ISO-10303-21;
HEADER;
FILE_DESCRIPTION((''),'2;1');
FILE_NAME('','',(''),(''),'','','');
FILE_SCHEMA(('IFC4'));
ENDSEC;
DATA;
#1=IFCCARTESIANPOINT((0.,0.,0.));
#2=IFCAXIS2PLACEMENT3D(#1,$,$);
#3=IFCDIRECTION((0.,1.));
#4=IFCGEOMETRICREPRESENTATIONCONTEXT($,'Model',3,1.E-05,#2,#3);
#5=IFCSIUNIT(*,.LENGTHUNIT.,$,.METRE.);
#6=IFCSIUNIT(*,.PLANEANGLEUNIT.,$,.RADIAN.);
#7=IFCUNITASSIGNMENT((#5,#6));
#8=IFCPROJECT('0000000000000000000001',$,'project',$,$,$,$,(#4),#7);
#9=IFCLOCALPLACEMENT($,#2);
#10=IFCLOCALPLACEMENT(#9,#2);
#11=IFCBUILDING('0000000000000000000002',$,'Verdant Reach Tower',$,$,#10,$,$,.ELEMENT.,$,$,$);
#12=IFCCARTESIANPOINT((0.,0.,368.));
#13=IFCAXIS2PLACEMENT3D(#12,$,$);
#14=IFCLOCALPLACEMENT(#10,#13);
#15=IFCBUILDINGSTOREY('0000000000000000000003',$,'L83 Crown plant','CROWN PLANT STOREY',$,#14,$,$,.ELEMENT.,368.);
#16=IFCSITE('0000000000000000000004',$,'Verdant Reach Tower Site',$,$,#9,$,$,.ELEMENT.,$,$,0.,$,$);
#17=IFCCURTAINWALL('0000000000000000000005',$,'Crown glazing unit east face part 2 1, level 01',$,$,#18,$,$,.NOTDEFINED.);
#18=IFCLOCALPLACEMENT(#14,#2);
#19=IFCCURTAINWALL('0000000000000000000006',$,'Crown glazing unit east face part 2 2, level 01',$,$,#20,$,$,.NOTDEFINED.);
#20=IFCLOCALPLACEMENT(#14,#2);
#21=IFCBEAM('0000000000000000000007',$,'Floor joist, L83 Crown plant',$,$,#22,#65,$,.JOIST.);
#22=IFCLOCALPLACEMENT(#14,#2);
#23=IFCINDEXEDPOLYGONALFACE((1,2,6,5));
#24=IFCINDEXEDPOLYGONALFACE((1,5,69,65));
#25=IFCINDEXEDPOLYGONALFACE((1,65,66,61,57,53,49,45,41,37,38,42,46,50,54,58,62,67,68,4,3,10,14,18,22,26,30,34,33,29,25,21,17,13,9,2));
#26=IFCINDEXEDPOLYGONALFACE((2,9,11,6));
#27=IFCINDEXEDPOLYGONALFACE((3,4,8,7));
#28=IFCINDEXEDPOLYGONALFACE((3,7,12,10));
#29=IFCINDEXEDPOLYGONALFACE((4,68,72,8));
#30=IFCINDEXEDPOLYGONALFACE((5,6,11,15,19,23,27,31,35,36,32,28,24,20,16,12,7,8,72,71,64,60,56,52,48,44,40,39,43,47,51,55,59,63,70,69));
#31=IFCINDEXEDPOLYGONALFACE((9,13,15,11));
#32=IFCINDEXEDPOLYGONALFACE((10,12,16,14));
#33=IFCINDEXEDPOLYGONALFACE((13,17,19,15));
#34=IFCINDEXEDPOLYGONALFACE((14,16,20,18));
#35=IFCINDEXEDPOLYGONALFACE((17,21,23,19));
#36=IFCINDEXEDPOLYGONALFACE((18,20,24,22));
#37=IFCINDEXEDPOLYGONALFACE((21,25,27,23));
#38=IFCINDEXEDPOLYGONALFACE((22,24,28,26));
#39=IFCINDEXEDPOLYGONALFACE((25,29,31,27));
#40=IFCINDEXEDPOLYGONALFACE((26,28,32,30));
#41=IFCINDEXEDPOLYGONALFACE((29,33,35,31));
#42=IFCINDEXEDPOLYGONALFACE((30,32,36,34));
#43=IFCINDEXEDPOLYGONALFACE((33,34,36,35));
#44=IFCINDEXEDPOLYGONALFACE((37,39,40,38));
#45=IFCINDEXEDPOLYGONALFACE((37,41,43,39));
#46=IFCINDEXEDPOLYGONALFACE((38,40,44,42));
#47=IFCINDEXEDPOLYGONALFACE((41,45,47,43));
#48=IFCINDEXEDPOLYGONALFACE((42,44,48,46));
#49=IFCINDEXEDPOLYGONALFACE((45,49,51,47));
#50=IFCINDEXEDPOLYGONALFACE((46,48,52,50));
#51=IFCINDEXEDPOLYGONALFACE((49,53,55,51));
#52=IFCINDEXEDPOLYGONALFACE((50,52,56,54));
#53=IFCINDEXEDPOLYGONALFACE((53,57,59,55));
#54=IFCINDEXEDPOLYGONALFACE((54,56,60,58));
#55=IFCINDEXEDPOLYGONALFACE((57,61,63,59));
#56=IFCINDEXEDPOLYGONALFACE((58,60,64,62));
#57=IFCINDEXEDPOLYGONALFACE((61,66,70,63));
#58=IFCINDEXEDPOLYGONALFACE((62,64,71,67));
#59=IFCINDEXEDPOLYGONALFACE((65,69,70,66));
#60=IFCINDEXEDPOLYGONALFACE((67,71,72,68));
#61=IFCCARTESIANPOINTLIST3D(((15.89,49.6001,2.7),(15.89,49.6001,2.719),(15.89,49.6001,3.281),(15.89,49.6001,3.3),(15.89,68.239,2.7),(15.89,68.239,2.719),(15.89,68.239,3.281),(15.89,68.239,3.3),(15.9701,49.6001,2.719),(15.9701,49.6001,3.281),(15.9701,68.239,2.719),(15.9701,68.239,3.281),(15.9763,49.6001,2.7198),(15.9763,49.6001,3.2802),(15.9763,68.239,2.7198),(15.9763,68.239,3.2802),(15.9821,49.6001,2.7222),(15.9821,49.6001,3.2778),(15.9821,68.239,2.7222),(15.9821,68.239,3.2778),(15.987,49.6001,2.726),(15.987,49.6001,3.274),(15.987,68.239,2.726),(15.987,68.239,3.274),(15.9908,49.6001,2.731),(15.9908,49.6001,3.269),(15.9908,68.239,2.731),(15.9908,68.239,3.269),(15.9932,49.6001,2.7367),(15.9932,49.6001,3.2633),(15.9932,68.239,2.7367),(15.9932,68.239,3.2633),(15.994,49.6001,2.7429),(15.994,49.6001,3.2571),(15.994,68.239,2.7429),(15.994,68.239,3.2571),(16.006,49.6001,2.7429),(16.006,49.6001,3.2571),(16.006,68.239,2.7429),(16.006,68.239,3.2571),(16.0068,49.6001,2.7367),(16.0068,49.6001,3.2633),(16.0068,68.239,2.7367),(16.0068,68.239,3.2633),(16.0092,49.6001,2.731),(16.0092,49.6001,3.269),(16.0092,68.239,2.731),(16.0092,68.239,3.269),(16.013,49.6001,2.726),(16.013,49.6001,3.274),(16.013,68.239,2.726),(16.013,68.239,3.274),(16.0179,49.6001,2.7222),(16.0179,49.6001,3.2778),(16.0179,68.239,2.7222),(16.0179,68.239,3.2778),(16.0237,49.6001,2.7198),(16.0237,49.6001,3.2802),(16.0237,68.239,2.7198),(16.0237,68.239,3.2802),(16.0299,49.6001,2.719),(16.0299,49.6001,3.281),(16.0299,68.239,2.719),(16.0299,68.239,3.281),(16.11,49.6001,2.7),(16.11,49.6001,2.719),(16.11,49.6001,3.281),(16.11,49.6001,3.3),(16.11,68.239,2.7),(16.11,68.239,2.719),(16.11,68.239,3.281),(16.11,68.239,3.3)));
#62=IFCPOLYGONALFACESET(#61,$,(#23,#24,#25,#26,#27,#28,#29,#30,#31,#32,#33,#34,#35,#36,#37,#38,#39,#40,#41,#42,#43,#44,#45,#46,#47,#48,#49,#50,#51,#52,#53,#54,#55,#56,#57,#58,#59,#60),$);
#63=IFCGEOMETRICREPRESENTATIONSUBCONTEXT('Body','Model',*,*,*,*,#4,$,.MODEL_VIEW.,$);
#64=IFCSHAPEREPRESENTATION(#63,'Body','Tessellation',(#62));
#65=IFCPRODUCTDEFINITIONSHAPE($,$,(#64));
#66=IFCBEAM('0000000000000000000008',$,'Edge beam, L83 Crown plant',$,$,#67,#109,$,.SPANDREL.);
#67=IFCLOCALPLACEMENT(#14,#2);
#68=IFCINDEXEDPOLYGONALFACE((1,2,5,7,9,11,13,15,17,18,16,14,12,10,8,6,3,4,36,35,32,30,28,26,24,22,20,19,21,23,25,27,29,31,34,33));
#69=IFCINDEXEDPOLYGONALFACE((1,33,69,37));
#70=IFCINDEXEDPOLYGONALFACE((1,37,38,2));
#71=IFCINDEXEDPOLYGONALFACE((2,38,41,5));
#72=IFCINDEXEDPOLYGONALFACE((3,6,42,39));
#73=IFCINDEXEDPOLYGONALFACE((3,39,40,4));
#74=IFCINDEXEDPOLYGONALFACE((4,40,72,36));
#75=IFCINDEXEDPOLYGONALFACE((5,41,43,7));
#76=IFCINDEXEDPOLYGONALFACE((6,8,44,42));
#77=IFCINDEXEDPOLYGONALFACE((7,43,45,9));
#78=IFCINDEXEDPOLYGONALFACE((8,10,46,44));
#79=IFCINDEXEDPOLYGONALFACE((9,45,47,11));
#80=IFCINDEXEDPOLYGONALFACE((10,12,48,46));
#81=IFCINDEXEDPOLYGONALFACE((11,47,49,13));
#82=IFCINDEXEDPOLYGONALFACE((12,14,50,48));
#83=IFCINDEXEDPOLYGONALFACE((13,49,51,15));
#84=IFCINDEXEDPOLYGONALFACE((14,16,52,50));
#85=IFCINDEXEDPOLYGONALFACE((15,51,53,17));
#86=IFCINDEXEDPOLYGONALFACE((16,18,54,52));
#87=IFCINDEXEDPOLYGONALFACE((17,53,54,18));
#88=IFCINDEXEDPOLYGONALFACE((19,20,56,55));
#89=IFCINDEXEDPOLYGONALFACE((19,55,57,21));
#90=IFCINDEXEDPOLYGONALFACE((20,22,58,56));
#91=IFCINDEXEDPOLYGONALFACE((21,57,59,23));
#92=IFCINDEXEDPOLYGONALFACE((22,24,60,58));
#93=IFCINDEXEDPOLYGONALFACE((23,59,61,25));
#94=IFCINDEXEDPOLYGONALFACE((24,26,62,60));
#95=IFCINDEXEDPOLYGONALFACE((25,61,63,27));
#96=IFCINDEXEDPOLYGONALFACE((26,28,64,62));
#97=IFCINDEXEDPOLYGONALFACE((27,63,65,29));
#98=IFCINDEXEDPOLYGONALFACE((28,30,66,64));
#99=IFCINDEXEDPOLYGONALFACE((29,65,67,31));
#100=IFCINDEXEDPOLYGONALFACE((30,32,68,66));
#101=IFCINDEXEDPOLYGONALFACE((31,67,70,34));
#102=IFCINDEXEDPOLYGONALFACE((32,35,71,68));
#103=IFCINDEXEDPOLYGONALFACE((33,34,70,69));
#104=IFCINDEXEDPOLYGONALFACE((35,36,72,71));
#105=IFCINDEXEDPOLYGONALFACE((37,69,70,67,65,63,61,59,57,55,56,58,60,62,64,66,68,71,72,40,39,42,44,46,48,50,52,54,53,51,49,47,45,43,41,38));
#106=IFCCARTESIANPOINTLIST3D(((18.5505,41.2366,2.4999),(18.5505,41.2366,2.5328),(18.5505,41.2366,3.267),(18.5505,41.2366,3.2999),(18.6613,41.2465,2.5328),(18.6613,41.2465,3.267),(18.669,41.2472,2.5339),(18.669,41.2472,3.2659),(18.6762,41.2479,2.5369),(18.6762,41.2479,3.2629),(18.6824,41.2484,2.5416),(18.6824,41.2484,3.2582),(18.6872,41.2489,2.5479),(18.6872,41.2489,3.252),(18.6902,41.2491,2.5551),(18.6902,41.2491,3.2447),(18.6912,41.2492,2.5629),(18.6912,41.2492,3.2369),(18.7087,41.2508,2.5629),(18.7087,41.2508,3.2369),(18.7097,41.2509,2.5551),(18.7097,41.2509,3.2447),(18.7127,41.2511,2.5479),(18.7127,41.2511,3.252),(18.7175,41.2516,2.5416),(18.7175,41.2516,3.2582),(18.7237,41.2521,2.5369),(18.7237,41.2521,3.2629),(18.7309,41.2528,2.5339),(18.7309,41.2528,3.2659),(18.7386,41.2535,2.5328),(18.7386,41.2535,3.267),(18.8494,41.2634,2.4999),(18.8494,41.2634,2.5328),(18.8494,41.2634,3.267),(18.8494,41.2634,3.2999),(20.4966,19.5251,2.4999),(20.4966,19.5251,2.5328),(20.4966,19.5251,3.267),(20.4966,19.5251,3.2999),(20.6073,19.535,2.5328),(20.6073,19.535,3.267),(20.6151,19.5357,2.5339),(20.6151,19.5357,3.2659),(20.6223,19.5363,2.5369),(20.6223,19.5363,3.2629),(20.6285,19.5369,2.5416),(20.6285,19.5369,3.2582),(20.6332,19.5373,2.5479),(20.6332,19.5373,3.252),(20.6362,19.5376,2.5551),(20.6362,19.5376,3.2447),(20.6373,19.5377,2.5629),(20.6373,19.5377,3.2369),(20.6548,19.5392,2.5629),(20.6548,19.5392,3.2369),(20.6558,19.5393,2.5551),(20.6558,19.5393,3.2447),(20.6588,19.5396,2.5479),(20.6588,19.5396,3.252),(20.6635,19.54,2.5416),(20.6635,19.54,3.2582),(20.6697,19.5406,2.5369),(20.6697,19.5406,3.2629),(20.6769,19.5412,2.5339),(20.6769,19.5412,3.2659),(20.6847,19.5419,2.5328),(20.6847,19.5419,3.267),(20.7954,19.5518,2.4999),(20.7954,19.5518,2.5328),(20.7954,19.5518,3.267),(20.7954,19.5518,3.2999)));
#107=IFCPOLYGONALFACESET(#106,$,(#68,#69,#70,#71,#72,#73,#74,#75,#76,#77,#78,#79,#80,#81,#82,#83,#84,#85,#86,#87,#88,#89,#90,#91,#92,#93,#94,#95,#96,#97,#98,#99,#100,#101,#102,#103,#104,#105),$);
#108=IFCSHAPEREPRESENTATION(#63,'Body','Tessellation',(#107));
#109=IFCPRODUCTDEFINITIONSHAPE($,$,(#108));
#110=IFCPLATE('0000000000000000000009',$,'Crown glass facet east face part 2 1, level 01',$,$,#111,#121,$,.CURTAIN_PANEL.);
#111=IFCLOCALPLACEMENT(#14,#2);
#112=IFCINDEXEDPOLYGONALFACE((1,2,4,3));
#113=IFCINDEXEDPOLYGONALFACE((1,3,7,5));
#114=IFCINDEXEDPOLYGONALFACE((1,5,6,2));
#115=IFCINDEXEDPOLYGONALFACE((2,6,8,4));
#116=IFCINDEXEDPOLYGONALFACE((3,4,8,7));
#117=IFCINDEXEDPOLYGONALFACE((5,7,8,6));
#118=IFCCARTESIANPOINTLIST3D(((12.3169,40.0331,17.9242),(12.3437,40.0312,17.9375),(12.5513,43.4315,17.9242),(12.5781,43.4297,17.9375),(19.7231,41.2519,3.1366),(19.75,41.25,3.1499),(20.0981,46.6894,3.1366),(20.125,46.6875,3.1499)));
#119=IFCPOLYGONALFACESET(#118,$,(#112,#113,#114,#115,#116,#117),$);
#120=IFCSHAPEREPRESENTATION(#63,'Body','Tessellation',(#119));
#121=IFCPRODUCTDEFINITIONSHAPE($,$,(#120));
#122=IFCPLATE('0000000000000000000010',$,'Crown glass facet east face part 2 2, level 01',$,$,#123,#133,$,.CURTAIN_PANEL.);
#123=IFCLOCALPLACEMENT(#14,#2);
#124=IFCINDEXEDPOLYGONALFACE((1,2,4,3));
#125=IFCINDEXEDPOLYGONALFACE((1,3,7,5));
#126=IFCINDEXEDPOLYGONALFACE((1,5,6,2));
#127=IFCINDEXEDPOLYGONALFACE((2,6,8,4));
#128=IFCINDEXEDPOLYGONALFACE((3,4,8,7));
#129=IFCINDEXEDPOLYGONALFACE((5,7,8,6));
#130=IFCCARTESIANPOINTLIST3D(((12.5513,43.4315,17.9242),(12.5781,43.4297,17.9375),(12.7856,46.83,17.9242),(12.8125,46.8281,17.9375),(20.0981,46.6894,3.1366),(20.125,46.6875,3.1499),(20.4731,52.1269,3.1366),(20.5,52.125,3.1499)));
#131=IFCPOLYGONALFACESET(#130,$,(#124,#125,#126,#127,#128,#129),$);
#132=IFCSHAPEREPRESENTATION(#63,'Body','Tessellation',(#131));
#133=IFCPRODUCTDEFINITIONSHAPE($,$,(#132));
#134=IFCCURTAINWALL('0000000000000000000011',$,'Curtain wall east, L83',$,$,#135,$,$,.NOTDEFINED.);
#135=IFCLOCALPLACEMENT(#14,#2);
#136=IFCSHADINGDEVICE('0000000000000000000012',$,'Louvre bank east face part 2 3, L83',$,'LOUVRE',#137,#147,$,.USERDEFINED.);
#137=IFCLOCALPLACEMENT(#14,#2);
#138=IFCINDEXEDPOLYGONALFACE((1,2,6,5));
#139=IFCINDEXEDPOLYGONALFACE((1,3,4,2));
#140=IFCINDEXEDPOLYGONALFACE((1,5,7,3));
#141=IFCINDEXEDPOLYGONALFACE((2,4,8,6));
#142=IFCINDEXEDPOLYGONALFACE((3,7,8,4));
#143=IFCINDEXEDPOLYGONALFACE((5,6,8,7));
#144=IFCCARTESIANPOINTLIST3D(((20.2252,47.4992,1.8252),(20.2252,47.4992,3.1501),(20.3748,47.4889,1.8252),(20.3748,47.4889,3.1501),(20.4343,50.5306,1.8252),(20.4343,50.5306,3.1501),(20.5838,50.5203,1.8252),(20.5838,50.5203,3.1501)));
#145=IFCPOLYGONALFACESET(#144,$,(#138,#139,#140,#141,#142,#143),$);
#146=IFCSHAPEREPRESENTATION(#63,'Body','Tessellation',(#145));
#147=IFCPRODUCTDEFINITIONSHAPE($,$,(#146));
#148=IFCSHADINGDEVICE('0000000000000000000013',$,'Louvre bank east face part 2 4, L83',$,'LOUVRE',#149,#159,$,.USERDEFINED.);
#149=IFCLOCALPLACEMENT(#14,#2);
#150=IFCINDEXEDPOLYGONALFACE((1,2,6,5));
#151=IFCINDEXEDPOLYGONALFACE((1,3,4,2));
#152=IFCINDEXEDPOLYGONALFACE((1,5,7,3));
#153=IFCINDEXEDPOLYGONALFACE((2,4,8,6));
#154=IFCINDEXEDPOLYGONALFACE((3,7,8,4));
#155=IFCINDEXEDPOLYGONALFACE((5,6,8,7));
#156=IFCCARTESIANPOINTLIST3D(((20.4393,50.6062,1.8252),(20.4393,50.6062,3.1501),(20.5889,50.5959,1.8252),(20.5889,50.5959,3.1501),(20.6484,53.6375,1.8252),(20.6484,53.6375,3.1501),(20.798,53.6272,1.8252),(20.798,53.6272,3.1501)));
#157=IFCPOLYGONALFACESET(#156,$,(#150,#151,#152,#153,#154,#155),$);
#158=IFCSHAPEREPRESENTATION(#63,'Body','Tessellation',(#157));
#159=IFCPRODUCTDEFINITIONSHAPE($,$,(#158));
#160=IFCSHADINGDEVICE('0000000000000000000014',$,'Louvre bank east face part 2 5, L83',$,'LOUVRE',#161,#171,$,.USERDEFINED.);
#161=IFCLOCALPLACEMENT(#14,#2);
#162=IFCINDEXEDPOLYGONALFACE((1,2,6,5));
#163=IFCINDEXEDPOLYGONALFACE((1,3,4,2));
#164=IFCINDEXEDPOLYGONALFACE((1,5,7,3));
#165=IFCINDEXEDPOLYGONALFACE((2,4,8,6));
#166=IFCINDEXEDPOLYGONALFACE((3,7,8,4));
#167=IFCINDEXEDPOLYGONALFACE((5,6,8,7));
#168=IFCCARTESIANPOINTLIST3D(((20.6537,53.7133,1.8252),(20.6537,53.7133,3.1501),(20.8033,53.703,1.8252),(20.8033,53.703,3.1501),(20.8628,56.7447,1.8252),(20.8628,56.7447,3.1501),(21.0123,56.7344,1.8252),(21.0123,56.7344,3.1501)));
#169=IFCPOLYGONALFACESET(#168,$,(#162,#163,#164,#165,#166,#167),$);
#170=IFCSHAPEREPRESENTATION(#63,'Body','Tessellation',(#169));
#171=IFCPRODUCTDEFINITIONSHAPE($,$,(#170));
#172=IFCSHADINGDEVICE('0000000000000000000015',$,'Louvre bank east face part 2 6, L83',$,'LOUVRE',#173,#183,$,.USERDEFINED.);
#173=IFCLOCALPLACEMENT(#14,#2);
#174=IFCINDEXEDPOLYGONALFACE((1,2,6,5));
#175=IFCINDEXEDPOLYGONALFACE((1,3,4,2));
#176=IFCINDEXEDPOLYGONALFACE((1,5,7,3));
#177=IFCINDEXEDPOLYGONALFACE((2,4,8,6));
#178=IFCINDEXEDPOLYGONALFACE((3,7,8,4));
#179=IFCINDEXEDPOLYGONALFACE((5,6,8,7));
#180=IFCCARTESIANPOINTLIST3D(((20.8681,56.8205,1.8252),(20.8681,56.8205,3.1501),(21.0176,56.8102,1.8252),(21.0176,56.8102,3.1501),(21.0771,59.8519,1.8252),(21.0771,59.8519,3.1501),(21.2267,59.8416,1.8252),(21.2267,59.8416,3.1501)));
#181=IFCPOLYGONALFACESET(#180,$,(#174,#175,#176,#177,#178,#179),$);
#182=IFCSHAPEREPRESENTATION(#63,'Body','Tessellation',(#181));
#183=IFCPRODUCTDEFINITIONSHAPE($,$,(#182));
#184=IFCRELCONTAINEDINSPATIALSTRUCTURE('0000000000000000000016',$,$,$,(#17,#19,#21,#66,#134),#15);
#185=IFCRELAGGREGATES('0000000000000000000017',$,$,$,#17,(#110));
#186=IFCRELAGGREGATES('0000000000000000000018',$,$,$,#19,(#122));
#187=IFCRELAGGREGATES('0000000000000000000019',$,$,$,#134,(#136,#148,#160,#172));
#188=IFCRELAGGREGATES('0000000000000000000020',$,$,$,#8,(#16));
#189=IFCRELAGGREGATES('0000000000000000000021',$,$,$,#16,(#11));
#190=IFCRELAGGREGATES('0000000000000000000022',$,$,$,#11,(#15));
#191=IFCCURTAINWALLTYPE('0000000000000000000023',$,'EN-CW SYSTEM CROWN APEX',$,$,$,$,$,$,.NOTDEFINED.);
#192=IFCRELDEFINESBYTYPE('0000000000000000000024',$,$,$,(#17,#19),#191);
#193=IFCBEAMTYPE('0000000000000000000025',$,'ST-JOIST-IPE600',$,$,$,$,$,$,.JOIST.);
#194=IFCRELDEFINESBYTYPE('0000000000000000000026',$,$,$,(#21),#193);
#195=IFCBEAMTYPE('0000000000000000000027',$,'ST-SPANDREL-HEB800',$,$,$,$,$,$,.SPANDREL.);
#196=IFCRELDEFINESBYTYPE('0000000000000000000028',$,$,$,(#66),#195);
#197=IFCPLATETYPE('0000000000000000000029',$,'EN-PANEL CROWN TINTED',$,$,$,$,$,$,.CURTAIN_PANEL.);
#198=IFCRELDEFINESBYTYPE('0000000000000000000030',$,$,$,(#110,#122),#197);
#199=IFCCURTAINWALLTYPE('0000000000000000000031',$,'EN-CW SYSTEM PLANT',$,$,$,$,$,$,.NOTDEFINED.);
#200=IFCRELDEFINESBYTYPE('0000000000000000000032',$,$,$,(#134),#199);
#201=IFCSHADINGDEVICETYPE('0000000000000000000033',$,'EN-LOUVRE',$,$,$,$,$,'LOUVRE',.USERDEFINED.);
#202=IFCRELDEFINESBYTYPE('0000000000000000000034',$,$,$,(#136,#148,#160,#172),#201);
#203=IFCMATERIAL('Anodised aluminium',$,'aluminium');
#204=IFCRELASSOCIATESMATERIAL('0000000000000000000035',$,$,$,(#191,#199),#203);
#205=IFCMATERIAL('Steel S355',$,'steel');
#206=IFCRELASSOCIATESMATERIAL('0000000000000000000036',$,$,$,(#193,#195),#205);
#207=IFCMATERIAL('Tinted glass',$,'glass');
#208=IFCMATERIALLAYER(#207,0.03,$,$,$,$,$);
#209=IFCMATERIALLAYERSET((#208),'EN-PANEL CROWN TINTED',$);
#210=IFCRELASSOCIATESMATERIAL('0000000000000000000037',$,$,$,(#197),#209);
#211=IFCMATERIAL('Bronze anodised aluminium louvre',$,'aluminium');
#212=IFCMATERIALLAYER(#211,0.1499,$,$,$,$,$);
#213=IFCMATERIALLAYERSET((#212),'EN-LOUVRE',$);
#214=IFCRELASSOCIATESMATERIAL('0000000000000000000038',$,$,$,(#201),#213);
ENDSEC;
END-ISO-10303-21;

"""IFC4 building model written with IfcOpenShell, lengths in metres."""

from ifc_helpers import new_model, si_unit, direction, frame, origin, origin_2d, place, context, subcontext, project, spatial, polyline, rectangle, i_section, outline, extrude, material, layer, layer_set, material_profile, profile_set, type_object, element, aggregate, save


model = new_model("IFC4")

# Units and contexts
model_context = context("Model", 3, precision=1e-05, world=origin(), true_north=direction((0.0, 1.0)))
body_context = subcontext(model_context, "Body", "Model", "MODEL_VIEW")
ifc_project = project(units=[si_unit("LENGTHUNIT", "METRE"), si_unit("PLANEANGLEUNIT", "RADIAN")], contexts=[model_context])

# Site, building, storey
site_placement = place(None, origin())
site = spatial("IfcSite", under=ifc_project, at=site_placement, Name="Verdant Reach Tower Site", CompositionType="ELEMENT", RefElevation=0.0)
building_placement = place(site_placement, origin())
building = spatial("IfcBuilding", under=site, at=building_placement, Name="Verdant Reach Tower", CompositionType="ELEMENT")
storey_placement = place(building_placement, frame((0.0, 0.0, 368.0)))
storey = spatial("IfcBuildingStorey", under=building, at=storey_placement, Name="L83 Crown plant", Description="CROWN PLANT STOREY", CompositionType="ELEMENT", Elevation=368.0)

# Curtain walls
ifc_material_1 = material(Name="Anodised aluminium", Category="aluminium")
curtain_wall_type_1 = type_object("IfcCurtainWallType", Name="EN-CW SYSTEM CROWN APEX", PredefinedType="NOTDEFINED", material=ifc_material_1)
curtain_wall_1_placement = place(storey_placement, origin())
curtain_wall_1 = element("IfcCurtainWall", 1, at=curtain_wall_1_placement, inside=storey, type_object=curtain_wall_type_1, Name="Crown glazing unit east face part 2 1, level 01", PredefinedType="NOTDEFINED")
curtain_wall_2_placement = place(storey_placement, origin())
curtain_wall_2 = element("IfcCurtainWall", 2, at=curtain_wall_2_placement, inside=storey, type_object=curtain_wall_type_1, Name="Crown glazing unit east face part 2 2, level 01", PredefinedType="NOTDEFINED")

# Beams
ifc_material_2 = material(Name="Steel S355", Category="steel")
ifc_material_profile_1 = material_profile(ifc_material_2, i_section(OverallWidth=0.22, OverallDepth=0.6001, WebThickness=0.012, FlangeThickness=0.019, FilletRadius=0.0239, at=origin_2d()), Name="IPE 600")
ifc_profile_set_1 = profile_set([ifc_material_profile_1], Name="Steel S355")
beam_type_1 = type_object("IfcBeamType", Name="ST-JOIST-IPE600", PredefinedType="JOIST", material=ifc_profile_set_1)
beam_1_placement = place(storey_placement, frame((16.0, 49.6001, 3.0), z_axis=(0.0, 1.0, 0.0), x_axis=(-1.0, 0.0, 0.0)))
element("IfcBeam", 3, at=beam_1_placement, inside=storey, type_object=beam_type_1, Name="Floor joist, L83 Crown plant", PredefinedType="JOIST", context=body_context, shape_type="SweptSolid", body=[
    extrude(i_section(OverallWidth=0.22, OverallDepth=0.6001, WebThickness=0.012, FlangeThickness=0.019, FilletRadius=0.0239, at=origin_2d()), origin(), (0.0, 0.0, 1.0), 18.6389),
])
ifc_material_profile_2 = material_profile(ifc_material_2, i_section(OverallWidth=0.3, OverallDepth=0.8, WebThickness=0.0176, FlangeThickness=0.033, FilletRadius=0.03, at=origin_2d()), Name="HEB 800")
ifc_profile_set_2 = profile_set([ifc_material_profile_2], Name="Steel S355")
beam_type_2 = type_object("IfcBeamType", Name="ST-SPANDREL-HEB800", PredefinedType="SPANDREL", material=ifc_profile_set_2)
beam_2_placement = place(storey_placement, frame((18.7, 41.25, 2.8999), z_axis=(0.089274, -0.996007, 0.0), x_axis=(0.996007, 0.089274, 0.0)))
element("IfcBeam", 4, at=beam_2_placement, inside=storey, type_object=beam_type_2, Name="Edge beam, L83 Crown plant", PredefinedType="SPANDREL", context=body_context, shape_type="SweptSolid", body=[
    extrude(i_section(OverallWidth=0.3, OverallDepth=0.8, WebThickness=0.0176, FlangeThickness=0.033, FilletRadius=0.03, at=origin_2d()), origin(), (0.0, 0.0, 1.0), 21.7986),
])

# Plates
ifc_material_3 = material(Name="Tinted glass", Category="glass")
ifc_layer_1 = layer(ifc_material_3, 0.03)
ifc_layer_set_1 = layer_set([ifc_layer_1], Name="EN-PANEL CROWN TINTED")
plate_type = type_object("IfcPlateType", Name="EN-PANEL CROWN TINTED", PredefinedType="CURTAIN_PANEL", material=ifc_layer_set_1)
plate_1_placement = place(storey_placement, frame((19.75, 41.25, 3.1499), z_axis=(0.894449, -0.061686, 0.442894), x_axis=(0.068802, 0.99763, 0.0)))
plate_1 = element("IfcPlate", 5, at=plate_1_placement, type_object=plate_type, Name="Crown glass facet east face part 2 1, level 01", PredefinedType="CURTAIN_PANEL", context=body_context, shape_type="SweptSolid", body=[
    extrude(outline(polyline([(0.0, 0.0), (5.4504, 0.0), (1.6811, 16.4934), (-1.7254, 16.4934), (0.0, 0.0)])), origin(), (0.0, 0.0, -1.0), 0.03),
])
aggregate(curtain_wall_1, [plate_1])
plate_2_placement = place(storey_placement, frame((20.125, 46.6875, 3.1499), z_axis=(0.894449, -0.061686, 0.442894), x_axis=(0.068802, 0.99763, 0.0)))
plate_2 = element("IfcPlate", 6, at=plate_2_placement, type_object=plate_type, Name="Crown glass facet east face part 2 2, level 01", PredefinedType="CURTAIN_PANEL", context=body_context, shape_type="SweptSolid", body=[
    extrude(outline(polyline([(0.0, 0.0), (5.4504, 0.0), (-0.3628, 16.4934), (-3.7693, 16.4934), (0.0, 0.0)])), origin(), (0.0, 0.0, -1.0), 0.03),
])
aggregate(curtain_wall_2, [plate_2])

# Curtain wall, shading devices
curtain_wall_type_2 = type_object("IfcCurtainWallType", Name="EN-CW SYSTEM PLANT", PredefinedType="NOTDEFINED", material=ifc_material_1)
curtain_wall_3_placement = place(storey_placement, origin())
curtain_wall_3 = element("IfcCurtainWall", 7, at=curtain_wall_3_placement, inside=storey, type_object=curtain_wall_type_2, Name="Curtain wall east, L83", PredefinedType="NOTDEFINED")
ifc_material_4 = material(Name="Bronze anodised aluminium louvre", Category="aluminium")
ifc_layer_2 = layer(ifc_material_4, 0.1499)
ifc_layer_set_2 = layer_set([ifc_layer_2], Name="EN-LOUVRE")
shading_device_type = type_object("IfcShadingDeviceType", Name="EN-LOUVRE", ElementType="LOUVRE", PredefinedType="USERDEFINED", material=ifc_layer_set_2)
shading_device_1_placement = place(storey_placement, frame((20.4045, 49.0098, 1.8252), z_axis=(0.0, 0.0, 1.0), x_axis=(0.068802, 0.99763, 0.0)))
shading_device_1 = element("IfcShadingDevice", 8, at=shading_device_1_placement, type_object=shading_device_type, Name="Louvre bank east face part 2 3, L83", ObjectType="LOUVRE", PredefinedType="USERDEFINED", context=body_context, shape_type="SweptSolid", body=[
    extrude(rectangle(XDim=3.0386, YDim=0.1499, at=origin_2d()), origin(), (0.0, 0.0, 1.0), 1.325),
])
shading_device_2_placement = place(storey_placement, frame((20.6187, 52.1167, 1.8252), z_axis=(0.0, 0.0, 1.0), x_axis=(0.068802, 0.99763, 0.0)))
shading_device_2 = element("IfcShadingDevice", 9, at=shading_device_2_placement, type_object=shading_device_type, Name="Louvre bank east face part 2 4, L83", ObjectType="LOUVRE", PredefinedType="USERDEFINED", context=body_context, shape_type="SweptSolid", body=[
    extrude(rectangle(XDim=3.0386, YDim=0.1499, at=origin_2d()), origin(), (0.0, 0.0, 1.0), 1.325),
])
shading_device_3_placement = place(storey_placement, frame((20.833, 55.2239, 1.8252), z_axis=(0.0, 0.0, 1.0), x_axis=(0.068802, 0.99763, 0.0)))
shading_device_3 = element("IfcShadingDevice", 10, at=shading_device_3_placement, type_object=shading_device_type, Name="Louvre bank east face part 2 5, L83", ObjectType="LOUVRE", PredefinedType="USERDEFINED", context=body_context, shape_type="SweptSolid", body=[
    extrude(rectangle(XDim=3.0386, YDim=0.1499, at=origin_2d()), origin(), (0.0, 0.0, 1.0), 1.325),
])
shading_device_4_placement = place(storey_placement, frame((21.0474, 58.3311, 1.8252), z_axis=(0.0, 0.0, 1.0), x_axis=(0.068802, 0.99763, 0.0)))
shading_device_4 = element("IfcShadingDevice", 11, at=shading_device_4_placement, type_object=shading_device_type, Name="Louvre bank east face part 2 6, L83", ObjectType="LOUVRE", PredefinedType="USERDEFINED", context=body_context, shape_type="SweptSolid", body=[
    extrude(rectangle(XDim=3.0386, YDim=0.1499, at=origin_2d()), origin(), (0.0, 0.0, 1.0), 1.325),
])
aggregate(curtain_wall_3, [shading_device_1, shading_device_2, shading_device_3, shading_device_4])

save(model, "model.ifc")
